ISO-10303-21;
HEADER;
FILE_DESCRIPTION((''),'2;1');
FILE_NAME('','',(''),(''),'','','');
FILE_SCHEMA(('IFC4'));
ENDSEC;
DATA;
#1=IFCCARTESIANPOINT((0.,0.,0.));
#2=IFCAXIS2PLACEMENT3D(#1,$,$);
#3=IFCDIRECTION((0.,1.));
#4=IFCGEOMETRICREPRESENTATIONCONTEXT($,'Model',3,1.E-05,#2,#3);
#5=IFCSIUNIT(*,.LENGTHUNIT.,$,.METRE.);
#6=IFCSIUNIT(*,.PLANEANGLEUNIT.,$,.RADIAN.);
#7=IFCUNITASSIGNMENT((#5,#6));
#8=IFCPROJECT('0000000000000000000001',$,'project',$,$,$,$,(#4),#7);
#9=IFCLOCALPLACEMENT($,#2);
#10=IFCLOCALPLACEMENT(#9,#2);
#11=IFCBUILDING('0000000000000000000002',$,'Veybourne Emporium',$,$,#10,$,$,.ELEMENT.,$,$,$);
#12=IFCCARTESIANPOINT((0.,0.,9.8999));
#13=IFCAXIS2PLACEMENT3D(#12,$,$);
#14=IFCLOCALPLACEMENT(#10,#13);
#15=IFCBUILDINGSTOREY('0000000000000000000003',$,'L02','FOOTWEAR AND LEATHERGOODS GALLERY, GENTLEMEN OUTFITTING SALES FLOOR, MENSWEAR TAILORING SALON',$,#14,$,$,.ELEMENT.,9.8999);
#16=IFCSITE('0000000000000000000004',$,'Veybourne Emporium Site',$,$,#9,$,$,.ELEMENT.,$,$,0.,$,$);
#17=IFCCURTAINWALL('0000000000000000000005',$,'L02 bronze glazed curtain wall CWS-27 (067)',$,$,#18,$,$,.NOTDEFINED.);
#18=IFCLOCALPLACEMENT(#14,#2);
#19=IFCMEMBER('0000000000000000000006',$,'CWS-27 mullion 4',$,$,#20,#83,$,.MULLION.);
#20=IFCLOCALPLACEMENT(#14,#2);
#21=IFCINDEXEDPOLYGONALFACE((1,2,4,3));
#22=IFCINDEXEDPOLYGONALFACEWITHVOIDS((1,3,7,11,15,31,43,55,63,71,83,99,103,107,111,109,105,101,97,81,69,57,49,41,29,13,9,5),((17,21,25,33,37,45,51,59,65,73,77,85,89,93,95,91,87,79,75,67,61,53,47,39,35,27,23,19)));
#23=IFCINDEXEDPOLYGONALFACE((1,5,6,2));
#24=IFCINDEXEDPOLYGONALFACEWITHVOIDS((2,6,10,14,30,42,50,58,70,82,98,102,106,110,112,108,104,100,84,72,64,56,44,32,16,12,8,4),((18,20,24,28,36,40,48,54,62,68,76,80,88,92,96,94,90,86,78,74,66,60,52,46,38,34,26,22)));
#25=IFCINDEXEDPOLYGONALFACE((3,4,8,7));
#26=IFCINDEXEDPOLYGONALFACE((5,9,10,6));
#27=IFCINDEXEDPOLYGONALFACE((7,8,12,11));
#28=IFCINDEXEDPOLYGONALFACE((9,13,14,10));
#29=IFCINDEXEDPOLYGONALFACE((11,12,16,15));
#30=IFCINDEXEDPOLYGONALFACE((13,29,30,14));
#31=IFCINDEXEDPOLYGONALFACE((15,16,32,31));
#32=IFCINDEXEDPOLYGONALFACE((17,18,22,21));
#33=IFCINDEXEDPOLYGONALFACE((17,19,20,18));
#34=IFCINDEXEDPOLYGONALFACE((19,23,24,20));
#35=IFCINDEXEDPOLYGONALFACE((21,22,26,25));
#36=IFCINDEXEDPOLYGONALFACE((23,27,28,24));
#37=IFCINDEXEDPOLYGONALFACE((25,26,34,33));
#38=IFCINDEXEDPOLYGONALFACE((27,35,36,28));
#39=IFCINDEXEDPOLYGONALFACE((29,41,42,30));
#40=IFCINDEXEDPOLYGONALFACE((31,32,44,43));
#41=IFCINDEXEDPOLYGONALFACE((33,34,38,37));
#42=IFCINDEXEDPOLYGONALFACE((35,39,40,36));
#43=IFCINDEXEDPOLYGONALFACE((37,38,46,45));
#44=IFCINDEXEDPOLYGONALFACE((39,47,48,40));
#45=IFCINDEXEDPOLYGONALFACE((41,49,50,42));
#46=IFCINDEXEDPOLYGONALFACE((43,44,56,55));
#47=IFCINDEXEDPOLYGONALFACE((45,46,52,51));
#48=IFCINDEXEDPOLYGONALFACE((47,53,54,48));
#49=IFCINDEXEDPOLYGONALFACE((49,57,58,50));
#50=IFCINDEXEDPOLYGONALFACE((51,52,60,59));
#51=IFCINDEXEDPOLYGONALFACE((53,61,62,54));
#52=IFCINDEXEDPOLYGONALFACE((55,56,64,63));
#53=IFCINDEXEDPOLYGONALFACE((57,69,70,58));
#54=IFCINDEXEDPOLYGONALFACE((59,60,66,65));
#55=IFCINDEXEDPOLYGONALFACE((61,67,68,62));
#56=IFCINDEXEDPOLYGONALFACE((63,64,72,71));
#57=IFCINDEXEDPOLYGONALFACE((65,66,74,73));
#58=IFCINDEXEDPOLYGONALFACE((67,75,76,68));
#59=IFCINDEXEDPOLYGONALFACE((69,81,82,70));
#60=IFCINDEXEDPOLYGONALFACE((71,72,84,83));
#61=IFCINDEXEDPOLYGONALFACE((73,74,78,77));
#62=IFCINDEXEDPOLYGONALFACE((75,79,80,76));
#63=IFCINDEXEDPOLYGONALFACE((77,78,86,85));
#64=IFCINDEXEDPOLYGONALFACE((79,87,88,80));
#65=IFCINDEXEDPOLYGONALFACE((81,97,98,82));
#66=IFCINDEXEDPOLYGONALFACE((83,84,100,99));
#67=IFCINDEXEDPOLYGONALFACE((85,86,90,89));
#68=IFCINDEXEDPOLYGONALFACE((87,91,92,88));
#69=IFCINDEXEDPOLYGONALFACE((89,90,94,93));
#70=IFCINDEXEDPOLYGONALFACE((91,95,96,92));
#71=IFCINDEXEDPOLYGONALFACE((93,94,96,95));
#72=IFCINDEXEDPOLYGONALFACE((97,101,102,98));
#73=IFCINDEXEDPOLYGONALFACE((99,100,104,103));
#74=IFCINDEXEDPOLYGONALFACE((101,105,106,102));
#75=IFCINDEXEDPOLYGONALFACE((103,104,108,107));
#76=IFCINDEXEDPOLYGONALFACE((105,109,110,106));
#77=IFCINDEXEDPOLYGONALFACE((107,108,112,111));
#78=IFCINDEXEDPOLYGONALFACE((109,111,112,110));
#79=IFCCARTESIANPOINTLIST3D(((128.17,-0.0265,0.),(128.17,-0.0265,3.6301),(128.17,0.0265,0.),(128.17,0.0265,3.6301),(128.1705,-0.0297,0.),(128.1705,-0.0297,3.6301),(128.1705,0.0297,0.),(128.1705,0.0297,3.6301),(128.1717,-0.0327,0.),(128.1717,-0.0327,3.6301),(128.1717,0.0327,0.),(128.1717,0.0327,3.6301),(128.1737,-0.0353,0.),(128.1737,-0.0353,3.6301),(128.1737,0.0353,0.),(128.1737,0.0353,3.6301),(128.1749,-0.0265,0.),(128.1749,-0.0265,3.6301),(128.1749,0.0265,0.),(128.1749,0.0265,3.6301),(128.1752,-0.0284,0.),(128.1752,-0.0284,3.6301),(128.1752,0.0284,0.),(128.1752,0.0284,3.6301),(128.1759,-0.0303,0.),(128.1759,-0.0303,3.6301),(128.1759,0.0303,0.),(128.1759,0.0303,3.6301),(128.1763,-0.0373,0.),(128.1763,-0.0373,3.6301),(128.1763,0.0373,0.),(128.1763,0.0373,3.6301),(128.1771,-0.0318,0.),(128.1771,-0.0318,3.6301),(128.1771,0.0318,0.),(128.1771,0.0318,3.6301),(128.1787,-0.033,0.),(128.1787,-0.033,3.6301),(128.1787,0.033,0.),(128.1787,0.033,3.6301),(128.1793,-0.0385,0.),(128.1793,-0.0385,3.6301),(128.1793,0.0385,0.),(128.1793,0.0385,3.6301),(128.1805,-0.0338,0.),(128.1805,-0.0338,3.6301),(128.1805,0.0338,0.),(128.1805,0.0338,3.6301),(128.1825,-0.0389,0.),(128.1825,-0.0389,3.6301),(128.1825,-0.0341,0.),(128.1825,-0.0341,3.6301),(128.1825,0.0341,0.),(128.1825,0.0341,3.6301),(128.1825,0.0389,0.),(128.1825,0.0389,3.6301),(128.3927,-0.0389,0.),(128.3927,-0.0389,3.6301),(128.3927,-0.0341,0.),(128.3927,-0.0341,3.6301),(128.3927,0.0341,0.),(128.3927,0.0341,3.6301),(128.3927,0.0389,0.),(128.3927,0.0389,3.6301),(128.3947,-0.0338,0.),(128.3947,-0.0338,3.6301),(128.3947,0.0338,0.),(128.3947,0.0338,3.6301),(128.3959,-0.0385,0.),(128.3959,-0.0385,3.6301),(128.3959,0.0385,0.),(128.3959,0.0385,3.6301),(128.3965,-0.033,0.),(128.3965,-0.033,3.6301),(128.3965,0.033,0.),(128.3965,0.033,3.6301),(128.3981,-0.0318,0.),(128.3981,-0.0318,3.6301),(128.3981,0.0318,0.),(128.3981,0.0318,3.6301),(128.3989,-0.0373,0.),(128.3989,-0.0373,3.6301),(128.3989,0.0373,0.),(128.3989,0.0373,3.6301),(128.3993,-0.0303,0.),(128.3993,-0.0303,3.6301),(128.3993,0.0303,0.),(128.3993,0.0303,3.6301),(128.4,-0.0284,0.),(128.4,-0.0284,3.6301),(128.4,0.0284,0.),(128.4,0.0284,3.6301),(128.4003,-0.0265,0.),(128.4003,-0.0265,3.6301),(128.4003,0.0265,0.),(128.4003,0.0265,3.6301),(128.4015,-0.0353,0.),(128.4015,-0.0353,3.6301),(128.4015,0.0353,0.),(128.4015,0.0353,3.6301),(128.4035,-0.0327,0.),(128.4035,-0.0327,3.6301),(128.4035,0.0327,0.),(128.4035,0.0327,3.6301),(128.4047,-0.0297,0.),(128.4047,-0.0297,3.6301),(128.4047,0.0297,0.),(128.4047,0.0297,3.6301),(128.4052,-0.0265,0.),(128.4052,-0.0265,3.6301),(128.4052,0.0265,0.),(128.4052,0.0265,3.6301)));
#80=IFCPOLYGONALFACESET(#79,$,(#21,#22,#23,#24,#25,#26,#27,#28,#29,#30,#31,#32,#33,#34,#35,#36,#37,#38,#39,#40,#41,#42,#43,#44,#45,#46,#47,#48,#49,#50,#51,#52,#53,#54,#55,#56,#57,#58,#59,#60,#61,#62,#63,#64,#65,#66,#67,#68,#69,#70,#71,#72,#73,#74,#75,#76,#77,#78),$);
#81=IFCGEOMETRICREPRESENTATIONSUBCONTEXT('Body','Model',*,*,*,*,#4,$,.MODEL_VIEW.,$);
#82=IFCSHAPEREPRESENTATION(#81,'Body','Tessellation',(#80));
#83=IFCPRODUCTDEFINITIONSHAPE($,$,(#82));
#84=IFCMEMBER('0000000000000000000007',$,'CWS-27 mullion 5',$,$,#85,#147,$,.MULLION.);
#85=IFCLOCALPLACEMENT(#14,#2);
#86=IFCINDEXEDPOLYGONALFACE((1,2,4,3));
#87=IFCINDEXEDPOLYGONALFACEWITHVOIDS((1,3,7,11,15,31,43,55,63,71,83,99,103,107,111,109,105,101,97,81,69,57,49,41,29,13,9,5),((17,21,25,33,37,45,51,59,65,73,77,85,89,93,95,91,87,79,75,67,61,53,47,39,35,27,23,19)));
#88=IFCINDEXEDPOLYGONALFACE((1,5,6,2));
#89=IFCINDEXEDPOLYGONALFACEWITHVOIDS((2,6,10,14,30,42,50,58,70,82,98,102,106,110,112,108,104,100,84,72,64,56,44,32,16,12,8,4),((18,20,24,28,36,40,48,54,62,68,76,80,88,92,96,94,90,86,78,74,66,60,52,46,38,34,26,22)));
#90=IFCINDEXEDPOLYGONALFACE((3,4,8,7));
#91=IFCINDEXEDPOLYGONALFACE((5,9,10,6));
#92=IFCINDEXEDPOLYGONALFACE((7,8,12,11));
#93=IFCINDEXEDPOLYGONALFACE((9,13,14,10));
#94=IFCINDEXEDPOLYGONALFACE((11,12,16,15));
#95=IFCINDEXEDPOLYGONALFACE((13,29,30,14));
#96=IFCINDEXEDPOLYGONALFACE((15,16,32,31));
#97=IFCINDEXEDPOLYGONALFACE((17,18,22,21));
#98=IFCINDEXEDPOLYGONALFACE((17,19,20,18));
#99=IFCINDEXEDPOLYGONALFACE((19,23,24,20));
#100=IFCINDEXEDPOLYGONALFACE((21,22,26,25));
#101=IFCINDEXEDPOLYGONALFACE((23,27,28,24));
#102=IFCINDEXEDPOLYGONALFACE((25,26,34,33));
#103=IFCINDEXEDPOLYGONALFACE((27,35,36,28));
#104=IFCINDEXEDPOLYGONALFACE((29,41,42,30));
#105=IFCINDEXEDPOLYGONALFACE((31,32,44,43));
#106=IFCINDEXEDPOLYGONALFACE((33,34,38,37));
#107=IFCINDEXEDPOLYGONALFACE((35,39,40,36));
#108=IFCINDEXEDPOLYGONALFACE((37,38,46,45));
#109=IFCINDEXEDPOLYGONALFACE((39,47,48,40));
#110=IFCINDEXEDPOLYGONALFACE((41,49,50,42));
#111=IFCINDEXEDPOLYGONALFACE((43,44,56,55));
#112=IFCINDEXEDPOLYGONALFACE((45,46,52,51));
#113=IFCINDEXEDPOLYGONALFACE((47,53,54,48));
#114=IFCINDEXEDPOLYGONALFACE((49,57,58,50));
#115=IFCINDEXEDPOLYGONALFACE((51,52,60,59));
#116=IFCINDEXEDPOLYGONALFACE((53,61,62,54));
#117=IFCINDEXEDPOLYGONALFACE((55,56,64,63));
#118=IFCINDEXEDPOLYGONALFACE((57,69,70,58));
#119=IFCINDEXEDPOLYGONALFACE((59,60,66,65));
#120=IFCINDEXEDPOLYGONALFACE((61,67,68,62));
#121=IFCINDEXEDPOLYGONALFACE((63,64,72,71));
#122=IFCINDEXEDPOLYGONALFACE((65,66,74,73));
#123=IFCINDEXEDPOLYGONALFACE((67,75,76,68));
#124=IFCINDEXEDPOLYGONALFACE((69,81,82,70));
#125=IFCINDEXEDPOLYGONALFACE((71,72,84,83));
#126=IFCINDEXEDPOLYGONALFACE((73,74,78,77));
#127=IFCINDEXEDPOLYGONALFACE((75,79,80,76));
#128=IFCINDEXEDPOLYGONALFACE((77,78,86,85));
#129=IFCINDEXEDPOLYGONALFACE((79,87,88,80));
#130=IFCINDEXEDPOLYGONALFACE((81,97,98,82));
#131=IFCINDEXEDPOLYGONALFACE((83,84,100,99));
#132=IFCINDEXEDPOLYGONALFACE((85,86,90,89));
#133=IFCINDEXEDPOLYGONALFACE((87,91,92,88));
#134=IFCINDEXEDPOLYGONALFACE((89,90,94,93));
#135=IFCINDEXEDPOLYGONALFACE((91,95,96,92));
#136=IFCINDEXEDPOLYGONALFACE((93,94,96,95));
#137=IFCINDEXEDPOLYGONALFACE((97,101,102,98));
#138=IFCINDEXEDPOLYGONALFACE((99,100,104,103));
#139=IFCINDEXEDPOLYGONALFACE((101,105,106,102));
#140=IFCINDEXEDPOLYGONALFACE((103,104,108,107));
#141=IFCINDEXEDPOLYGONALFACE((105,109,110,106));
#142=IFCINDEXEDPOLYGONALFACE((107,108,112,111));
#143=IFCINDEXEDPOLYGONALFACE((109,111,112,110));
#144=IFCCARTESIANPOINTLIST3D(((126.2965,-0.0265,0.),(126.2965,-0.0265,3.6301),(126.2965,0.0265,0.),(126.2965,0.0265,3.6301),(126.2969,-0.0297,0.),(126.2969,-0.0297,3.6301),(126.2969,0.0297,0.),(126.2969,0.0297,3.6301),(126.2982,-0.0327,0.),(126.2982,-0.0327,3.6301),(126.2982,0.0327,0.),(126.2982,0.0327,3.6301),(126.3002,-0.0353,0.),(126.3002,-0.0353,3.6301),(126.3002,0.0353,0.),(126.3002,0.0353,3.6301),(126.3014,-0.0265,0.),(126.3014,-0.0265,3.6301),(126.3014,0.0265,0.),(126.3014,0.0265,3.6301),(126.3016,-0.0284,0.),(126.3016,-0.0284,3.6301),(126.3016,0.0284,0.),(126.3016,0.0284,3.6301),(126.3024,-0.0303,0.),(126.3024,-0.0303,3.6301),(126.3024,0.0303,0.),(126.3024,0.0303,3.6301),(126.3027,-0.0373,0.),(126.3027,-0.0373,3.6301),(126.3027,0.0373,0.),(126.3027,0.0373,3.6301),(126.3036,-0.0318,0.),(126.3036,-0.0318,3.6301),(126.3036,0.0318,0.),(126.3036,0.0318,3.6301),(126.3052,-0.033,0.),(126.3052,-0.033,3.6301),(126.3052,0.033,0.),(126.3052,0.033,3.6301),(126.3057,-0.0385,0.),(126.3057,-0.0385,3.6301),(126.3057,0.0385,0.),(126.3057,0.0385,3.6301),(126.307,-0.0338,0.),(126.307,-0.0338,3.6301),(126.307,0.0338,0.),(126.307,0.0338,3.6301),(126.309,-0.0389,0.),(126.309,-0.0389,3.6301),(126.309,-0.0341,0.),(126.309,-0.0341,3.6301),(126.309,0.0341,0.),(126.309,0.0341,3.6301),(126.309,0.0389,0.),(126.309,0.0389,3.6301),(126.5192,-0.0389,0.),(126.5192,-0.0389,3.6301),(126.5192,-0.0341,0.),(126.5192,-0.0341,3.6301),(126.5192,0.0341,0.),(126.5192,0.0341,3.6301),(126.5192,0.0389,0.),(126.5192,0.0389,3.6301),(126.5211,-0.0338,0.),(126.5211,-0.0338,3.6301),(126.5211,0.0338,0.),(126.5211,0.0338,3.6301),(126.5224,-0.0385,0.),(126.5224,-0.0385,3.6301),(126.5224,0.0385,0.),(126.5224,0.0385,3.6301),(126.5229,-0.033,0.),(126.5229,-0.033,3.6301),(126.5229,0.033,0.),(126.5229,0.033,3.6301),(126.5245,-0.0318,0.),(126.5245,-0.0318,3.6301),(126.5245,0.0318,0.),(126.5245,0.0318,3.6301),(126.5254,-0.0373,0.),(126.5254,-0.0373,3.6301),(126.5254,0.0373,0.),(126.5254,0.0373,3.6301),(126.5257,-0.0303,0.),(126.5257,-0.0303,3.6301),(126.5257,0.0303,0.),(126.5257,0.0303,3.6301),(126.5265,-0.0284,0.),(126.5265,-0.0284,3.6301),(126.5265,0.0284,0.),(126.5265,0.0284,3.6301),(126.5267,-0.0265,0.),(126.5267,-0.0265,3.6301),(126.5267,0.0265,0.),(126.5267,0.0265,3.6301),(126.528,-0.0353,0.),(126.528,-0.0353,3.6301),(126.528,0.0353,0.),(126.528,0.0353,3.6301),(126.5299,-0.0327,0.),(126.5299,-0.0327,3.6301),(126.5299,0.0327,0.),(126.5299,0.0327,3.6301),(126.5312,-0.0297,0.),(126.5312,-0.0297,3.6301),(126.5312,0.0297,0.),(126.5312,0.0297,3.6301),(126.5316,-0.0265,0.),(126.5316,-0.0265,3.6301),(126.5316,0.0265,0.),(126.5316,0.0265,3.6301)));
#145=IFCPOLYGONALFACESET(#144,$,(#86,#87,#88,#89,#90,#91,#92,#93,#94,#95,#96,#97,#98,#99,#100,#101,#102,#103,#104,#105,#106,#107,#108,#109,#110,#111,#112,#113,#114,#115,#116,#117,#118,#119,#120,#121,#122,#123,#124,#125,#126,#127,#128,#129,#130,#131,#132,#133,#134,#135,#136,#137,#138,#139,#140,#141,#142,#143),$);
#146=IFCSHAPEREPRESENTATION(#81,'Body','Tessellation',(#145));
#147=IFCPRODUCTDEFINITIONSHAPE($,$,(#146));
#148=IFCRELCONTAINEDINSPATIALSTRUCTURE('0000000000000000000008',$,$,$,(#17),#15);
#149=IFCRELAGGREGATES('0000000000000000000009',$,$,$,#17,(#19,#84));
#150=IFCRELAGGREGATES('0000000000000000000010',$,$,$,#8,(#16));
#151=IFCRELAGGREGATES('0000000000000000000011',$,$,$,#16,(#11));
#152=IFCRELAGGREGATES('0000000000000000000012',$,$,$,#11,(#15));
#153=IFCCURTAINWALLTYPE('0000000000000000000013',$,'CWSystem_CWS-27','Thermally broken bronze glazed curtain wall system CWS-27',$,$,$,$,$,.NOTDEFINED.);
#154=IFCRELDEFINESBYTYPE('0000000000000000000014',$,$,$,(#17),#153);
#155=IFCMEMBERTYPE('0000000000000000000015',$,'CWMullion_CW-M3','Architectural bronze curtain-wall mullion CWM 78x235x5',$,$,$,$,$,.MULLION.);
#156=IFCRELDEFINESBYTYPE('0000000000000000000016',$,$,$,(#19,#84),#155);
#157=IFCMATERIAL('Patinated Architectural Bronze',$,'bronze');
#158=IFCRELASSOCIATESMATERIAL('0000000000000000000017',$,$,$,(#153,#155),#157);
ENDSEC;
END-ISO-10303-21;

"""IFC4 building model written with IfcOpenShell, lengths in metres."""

from ifc_helpers import new_model, si_unit, direction, frame, origin, origin_2d, place, context, subcontext, project, spatial, hollow_rectangle, extrude, material, material_profile, profile_set, type_object, element, aggregate, save


model = new_model("IFC4")

# Units and contexts
model_context = context("Model", 3, precision=1e-05, world=origin(), true_north=direction((0.0, 1.0)))
body_context = subcontext(model_context, "Body", "Model", "MODEL_VIEW")
ifc_project = project(units=[si_unit("LENGTHUNIT", "METRE"), si_unit("PLANEANGLEUNIT", "RADIAN")], contexts=[model_context])

# Site, building, storey
site_placement = place(None, origin())
site = spatial("IfcSite", under=ifc_project, at=site_placement, Name="Veybourne Emporium Site", CompositionType="ELEMENT", RefElevation=0.0)
building_placement = place(site_placement, origin())
building = spatial("IfcBuilding", under=site, at=building_placement, Name="Veybourne Emporium", CompositionType="ELEMENT")
storey_placement = place(building_placement, frame((0.0, 0.0, 9.8999)))
storey = spatial("IfcBuildingStorey", under=building, at=storey_placement, Name="L02", Description="FOOTWEAR AND LEATHERGOODS GALLERY, GENTLEMEN OUTFITTING SALES FLOOR, MENSWEAR TAILORING SALON", CompositionType="ELEMENT", Elevation=9.8999)

# Curtain wall, members
ifc_material_1 = material(Name="Patinated Architectural Bronze", Category="bronze")
curtain_wall_type = type_object("IfcCurtainWallType", Name="CWSystem_CWS-27", Description="Thermally broken bronze glazed curtain wall system CWS-27", PredefinedType="NOTDEFINED", material=ifc_material_1)
curtain_wall_placement = place(storey_placement, origin())
curtain_wall = element("IfcCurtainWall", 1, at=curtain_wall_placement, inside=storey, type_object=curtain_wall_type, Name="L02 bronze glazed curtain wall CWS-27 (067)", PredefinedType="NOTDEFINED")
ifc_material_profile_1 = material_profile(ifc_material_1, hollow_rectangle(XDim=0.0779, YDim=0.2351, WallThickness=0.0049, InnerFilletRadius=0.0076, OuterFilletRadius=0.0125, at=origin_2d()), Name="CWM 78x235x5")
ifc_profile_set_1 = profile_set([ifc_material_profile_1], Name="Patinated Architectural Bronze")
member_type_1 = type_object("IfcMemberType", Name="CWMullion_CW-M3", Description="Architectural bronze curtain-wall mullion CWM 78x235x5", PredefinedType="MULLION", material=ifc_profile_set_1)
member_1_placement = place(storey_placement, frame((128.2876, 0.0, 0.0), z_axis=(0.0, 0.0, 1.0), x_axis=(0.0, -1.0, 0.0)))
member_1 = element("IfcMember", 2, at=member_1_placement, type_object=member_type_1, Name="CWS-27 mullion 4", PredefinedType="MULLION", context=body_context, shape_type="SweptSolid", body=[
    extrude(hollow_rectangle(XDim=0.0779, YDim=0.2351, WallThickness=0.0049, InnerFilletRadius=0.0076, OuterFilletRadius=0.0125, at=origin_2d()), origin(), (0.0, 0.0, 1.0), 3.6301),
])
member_2_placement = place(storey_placement, frame((126.4141, 0.0, 0.0), z_axis=(0.0, 0.0, 1.0), x_axis=(0.0, -1.0, 0.0)))
member_2 = element("IfcMember", 3, at=member_2_placement, type_object=member_type_1, Name="CWS-27 mullion 5", PredefinedType="MULLION", context=body_context, shape_type="SweptSolid", body=[
    extrude(hollow_rectangle(XDim=0.0779, YDim=0.2351, WallThickness=0.0049, InnerFilletRadius=0.0076, OuterFilletRadius=0.0125, at=origin_2d()), origin(), (0.0, 0.0, 1.0), 3.6301),
])

aggregate(curtain_wall, [member_1, member_2])

save(model, "model.ifc")
